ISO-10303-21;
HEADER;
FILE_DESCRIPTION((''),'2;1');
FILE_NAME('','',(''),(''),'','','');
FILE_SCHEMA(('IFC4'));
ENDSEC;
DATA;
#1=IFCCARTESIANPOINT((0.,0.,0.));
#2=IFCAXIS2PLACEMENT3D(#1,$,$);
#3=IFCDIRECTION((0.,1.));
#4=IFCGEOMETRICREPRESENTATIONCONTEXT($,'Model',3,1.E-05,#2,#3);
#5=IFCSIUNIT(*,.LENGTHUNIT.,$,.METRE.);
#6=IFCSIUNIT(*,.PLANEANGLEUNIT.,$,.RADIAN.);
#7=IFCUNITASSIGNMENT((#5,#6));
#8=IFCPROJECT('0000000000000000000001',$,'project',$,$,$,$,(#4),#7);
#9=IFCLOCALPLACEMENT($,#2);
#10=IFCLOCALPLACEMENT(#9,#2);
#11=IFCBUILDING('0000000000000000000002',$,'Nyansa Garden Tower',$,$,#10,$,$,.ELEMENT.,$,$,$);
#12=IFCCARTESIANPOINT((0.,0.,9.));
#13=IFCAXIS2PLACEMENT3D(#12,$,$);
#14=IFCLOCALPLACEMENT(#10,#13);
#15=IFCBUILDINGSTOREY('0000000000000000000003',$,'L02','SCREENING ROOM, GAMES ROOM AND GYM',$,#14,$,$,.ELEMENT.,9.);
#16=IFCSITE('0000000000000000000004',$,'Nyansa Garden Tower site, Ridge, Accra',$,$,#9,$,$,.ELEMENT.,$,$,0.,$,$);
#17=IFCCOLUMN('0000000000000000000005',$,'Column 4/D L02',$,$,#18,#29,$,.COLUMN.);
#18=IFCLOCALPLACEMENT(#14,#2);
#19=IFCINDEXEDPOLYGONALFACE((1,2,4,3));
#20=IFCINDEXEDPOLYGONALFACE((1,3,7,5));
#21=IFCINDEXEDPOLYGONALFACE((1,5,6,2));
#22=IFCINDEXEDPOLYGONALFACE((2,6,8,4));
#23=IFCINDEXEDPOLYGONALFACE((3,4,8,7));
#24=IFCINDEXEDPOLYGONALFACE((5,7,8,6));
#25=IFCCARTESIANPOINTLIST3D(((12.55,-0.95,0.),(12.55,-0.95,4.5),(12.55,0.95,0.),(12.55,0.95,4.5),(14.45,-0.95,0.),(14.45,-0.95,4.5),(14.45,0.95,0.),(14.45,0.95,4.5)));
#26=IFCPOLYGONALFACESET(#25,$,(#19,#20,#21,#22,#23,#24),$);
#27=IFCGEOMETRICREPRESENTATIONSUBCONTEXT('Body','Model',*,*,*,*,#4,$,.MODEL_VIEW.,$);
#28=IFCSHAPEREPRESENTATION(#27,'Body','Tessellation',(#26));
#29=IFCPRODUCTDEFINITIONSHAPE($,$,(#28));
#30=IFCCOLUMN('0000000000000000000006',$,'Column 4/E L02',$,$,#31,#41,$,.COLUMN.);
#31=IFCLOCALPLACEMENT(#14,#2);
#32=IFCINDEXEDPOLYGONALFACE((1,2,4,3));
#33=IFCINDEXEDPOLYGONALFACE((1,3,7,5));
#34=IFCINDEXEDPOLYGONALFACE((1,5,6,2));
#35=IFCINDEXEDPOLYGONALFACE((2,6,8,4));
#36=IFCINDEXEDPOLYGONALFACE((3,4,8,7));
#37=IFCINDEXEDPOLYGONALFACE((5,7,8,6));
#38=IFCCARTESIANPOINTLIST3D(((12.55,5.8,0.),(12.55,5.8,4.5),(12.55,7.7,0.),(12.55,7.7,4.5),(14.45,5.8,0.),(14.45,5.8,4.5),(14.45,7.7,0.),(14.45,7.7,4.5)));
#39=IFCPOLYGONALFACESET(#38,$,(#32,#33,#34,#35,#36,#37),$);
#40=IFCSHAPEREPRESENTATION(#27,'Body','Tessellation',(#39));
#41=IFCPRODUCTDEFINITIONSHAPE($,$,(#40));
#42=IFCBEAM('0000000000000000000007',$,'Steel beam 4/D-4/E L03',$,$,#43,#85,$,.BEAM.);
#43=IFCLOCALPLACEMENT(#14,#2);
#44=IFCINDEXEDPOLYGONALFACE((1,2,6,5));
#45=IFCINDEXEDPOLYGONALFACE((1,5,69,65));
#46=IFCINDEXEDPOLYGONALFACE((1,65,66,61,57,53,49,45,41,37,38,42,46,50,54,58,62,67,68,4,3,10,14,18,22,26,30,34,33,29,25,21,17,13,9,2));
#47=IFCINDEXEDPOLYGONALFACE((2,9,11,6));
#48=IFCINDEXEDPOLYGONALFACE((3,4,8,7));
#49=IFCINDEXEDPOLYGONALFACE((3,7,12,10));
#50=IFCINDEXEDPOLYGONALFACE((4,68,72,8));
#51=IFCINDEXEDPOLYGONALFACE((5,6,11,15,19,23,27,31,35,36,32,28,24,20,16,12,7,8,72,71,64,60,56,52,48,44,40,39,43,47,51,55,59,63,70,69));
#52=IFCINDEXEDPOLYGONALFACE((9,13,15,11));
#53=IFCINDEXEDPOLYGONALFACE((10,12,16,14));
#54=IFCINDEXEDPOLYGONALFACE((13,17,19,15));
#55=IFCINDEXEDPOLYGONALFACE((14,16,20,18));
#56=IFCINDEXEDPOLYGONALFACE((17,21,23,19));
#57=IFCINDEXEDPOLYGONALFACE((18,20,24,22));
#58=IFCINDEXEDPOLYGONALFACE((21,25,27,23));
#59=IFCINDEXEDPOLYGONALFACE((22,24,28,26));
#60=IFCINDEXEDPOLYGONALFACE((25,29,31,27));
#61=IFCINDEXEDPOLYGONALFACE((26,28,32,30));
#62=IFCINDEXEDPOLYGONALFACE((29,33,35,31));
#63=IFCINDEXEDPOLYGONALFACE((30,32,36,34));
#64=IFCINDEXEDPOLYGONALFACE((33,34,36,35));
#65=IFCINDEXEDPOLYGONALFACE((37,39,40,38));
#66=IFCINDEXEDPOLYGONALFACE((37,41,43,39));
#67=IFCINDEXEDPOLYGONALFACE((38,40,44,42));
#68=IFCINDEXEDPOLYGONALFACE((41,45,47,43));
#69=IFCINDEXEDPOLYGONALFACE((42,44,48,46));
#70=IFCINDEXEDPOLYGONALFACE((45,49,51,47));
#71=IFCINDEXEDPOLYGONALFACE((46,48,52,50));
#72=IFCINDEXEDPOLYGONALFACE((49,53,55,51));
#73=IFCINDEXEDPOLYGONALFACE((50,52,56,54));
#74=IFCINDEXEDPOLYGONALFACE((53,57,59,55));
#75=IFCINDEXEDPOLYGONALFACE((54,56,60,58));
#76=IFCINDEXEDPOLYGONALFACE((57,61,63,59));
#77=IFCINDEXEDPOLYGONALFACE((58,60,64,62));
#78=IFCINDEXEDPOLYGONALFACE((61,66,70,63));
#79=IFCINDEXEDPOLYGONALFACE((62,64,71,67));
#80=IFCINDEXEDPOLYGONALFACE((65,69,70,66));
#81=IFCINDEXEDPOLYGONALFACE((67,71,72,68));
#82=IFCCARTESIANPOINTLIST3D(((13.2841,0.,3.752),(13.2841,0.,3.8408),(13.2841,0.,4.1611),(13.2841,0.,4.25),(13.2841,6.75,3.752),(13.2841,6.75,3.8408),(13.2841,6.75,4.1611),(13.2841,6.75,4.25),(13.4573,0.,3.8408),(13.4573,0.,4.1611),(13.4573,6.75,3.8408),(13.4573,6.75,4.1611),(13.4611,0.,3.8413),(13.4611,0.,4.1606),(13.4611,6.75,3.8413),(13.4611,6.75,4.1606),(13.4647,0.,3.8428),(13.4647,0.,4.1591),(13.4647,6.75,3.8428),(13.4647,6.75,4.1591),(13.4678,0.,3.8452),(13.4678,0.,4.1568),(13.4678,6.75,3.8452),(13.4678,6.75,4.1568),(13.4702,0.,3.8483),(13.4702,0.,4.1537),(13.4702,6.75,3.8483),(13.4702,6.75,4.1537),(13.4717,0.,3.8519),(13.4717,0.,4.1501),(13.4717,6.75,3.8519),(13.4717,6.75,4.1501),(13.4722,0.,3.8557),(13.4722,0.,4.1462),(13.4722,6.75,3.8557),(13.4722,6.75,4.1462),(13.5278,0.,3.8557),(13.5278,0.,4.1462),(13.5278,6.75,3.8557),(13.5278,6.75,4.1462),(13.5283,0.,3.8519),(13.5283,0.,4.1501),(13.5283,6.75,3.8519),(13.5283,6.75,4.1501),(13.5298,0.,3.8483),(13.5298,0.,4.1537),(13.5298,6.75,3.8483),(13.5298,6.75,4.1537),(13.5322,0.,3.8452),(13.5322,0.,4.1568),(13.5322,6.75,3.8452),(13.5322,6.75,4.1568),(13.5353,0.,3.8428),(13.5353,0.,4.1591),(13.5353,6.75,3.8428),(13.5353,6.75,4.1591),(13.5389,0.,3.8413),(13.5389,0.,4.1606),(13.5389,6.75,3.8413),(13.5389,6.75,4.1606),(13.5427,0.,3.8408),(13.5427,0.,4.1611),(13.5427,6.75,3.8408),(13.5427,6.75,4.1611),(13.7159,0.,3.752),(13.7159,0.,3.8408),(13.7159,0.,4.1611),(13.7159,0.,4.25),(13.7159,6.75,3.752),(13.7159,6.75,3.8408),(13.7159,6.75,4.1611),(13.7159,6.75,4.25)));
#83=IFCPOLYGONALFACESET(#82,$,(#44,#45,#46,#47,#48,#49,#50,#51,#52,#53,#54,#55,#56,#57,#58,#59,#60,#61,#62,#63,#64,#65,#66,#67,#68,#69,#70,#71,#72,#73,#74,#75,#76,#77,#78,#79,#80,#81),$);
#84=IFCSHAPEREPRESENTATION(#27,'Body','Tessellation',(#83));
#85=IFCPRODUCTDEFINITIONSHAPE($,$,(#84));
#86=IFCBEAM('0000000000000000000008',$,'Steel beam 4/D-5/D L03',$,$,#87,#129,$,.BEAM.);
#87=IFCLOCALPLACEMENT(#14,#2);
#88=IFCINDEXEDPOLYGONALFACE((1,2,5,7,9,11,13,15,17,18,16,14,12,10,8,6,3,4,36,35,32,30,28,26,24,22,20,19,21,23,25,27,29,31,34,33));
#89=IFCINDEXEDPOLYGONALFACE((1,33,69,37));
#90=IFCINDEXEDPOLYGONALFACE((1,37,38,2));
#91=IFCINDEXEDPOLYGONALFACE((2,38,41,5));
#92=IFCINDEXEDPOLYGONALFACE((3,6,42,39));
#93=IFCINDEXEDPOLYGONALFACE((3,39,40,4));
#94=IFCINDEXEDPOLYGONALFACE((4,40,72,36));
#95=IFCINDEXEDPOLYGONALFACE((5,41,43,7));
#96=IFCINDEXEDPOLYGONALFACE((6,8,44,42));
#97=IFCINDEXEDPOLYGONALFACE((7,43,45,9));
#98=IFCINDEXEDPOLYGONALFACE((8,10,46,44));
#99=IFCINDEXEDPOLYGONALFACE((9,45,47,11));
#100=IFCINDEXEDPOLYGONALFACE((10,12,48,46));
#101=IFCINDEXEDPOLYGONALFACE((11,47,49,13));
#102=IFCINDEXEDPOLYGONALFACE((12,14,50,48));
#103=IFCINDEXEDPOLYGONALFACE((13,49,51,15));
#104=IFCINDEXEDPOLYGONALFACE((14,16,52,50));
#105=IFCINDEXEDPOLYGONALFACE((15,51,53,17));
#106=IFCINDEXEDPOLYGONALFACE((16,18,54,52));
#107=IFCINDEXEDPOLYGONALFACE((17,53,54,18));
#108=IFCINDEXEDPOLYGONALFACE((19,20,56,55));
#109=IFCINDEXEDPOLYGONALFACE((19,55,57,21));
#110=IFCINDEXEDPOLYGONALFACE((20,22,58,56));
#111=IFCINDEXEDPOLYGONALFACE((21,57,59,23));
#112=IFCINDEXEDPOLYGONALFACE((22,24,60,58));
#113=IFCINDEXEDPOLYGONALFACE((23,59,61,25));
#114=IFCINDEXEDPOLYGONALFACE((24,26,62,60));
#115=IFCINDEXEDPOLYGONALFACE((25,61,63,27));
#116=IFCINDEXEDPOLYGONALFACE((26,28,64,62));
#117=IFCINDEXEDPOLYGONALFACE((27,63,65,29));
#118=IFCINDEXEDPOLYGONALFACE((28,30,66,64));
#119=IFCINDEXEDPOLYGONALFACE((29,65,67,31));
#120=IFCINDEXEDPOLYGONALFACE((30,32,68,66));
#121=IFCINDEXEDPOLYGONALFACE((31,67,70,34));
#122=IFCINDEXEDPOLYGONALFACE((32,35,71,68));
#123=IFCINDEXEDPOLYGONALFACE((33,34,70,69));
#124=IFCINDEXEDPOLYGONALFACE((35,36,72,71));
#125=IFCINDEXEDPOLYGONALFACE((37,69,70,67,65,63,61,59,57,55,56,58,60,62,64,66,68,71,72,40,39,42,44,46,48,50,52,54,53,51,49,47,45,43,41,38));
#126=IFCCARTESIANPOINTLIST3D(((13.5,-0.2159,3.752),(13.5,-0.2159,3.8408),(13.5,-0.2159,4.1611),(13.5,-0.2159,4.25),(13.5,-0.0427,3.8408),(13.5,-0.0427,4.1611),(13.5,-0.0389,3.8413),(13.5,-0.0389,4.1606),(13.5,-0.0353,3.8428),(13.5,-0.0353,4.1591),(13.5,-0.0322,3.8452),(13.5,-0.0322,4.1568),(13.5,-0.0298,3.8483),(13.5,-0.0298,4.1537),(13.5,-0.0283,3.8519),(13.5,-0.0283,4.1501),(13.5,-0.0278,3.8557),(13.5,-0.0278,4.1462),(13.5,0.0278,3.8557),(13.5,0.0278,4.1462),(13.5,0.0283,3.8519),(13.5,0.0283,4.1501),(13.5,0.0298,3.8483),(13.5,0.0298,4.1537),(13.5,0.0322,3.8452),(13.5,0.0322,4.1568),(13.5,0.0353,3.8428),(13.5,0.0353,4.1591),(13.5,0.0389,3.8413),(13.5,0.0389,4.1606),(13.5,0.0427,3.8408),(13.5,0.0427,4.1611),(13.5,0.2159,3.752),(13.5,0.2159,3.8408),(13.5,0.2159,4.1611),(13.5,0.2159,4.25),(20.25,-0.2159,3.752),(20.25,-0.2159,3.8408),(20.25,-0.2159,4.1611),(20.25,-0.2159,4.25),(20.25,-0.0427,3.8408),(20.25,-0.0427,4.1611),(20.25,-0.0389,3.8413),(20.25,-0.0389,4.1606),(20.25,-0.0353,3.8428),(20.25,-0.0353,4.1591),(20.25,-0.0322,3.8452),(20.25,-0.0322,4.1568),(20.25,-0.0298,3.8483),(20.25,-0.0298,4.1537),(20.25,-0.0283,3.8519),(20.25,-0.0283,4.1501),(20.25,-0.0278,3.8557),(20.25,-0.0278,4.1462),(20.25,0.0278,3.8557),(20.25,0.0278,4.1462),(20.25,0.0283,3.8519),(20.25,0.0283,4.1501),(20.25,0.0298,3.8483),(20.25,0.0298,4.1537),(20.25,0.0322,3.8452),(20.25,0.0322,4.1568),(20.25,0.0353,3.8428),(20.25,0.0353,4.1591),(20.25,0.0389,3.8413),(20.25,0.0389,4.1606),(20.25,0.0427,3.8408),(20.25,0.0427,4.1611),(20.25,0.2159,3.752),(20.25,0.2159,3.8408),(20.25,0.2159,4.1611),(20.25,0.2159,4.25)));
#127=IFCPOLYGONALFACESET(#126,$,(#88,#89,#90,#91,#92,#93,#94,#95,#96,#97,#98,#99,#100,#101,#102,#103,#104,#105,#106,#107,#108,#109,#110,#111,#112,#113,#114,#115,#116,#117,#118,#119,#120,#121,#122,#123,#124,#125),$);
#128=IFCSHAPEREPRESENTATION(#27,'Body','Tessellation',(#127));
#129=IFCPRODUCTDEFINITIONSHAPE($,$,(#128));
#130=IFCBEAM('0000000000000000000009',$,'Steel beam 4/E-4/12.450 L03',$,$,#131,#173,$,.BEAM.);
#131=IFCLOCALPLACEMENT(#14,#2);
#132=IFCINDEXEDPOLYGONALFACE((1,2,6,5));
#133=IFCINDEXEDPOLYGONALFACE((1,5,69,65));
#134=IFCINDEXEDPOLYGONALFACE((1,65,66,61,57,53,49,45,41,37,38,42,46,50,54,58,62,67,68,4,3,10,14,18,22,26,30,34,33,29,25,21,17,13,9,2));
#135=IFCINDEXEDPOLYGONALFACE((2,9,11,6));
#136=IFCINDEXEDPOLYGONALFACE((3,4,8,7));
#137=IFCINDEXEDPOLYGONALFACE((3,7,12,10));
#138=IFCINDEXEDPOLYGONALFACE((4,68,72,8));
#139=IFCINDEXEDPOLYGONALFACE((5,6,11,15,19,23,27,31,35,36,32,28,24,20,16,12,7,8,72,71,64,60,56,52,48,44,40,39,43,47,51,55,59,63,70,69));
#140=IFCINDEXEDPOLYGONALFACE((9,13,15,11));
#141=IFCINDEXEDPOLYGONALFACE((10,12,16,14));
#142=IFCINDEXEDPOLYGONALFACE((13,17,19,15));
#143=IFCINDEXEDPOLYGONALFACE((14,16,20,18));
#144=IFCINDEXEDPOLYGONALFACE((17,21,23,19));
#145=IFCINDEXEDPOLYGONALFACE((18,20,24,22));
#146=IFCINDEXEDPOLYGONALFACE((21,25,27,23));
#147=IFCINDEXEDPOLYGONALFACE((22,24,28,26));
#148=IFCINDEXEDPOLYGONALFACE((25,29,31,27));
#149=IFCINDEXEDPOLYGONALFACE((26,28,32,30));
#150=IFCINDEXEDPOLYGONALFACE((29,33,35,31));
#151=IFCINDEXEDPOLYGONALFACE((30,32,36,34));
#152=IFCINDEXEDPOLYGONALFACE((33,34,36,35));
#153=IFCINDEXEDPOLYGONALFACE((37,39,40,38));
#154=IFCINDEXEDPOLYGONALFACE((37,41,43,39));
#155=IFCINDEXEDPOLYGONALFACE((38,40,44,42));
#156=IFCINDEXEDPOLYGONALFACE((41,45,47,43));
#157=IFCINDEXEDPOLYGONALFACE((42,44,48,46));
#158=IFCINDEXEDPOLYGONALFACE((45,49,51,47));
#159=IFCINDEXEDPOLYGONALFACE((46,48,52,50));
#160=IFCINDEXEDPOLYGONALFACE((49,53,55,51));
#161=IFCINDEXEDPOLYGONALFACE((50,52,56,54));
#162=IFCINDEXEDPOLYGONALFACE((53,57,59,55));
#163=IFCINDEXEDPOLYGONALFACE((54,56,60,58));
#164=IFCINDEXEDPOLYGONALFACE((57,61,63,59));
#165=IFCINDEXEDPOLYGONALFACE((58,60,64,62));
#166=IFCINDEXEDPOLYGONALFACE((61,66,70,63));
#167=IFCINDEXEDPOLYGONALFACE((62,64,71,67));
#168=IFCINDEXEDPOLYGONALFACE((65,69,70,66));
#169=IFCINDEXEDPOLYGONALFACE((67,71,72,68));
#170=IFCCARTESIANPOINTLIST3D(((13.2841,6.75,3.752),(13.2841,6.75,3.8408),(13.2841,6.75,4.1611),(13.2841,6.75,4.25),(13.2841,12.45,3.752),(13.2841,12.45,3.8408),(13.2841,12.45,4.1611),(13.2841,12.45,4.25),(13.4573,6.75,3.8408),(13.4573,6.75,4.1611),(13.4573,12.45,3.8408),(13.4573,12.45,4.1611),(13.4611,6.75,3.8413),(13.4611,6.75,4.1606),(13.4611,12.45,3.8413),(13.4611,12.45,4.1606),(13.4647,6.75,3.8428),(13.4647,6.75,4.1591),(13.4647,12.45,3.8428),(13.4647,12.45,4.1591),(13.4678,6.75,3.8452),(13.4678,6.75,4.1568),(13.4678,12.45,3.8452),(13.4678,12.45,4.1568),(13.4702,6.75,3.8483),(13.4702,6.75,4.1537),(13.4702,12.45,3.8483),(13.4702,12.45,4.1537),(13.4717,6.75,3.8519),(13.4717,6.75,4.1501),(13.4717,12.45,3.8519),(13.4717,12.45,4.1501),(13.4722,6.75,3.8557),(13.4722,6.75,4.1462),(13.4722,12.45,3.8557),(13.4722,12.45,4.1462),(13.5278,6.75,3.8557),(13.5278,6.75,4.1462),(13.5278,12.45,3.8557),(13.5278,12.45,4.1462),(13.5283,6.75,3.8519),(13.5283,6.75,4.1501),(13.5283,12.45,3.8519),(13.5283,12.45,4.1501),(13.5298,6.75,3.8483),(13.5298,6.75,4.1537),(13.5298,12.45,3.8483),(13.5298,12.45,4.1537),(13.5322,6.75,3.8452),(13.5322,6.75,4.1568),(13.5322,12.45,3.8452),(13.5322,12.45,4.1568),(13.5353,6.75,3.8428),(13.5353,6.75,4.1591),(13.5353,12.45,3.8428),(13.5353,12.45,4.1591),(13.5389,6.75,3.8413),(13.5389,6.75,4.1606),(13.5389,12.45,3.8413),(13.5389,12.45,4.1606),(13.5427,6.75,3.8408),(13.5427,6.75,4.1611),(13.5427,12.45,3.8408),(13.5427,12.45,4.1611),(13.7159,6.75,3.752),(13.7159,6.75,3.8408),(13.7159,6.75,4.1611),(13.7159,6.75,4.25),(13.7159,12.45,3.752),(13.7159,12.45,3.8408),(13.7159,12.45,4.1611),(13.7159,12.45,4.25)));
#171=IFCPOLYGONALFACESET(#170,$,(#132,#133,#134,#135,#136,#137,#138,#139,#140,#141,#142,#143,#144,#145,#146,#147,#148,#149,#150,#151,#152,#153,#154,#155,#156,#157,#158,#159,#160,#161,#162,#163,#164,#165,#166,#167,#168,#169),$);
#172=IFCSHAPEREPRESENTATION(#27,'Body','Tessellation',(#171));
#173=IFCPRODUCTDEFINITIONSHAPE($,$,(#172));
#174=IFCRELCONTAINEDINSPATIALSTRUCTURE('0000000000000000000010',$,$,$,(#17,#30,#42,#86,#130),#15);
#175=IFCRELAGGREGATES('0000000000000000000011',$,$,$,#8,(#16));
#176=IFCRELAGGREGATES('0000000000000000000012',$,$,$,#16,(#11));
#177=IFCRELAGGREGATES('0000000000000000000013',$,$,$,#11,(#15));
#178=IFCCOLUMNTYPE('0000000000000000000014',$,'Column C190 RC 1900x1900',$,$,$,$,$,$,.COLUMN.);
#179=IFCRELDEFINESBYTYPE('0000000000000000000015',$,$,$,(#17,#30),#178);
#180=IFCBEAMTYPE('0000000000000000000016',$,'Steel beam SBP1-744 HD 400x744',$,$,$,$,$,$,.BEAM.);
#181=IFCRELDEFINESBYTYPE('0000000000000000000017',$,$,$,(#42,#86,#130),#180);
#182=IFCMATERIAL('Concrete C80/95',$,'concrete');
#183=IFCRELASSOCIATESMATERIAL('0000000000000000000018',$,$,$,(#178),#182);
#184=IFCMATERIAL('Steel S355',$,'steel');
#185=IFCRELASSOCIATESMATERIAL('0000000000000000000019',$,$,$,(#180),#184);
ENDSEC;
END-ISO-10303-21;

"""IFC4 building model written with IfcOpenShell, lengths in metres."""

from ifc_helpers import new_model, si_unit, direction, frame, origin, origin_2d, place, context, subcontext, project, spatial, rectangle, i_section, extrude, material, material_profile, profile_set, type_object, element, save


model = new_model("IFC4")

# Units and contexts
model_context = context("Model", 3, precision=1e-05, world=origin(), true_north=direction((0.0, 1.0)))
body_context = subcontext(model_context, "Body", "Model", "MODEL_VIEW")
ifc_project = project(units=[si_unit("LENGTHUNIT", "METRE"), si_unit("PLANEANGLEUNIT", "RADIAN")], contexts=[model_context])

# Site, building, storey
site_placement = place(None, origin())
site = spatial("IfcSite", under=ifc_project, at=site_placement, Name="Nyansa Garden Tower site, Ridge, Accra", CompositionType="ELEMENT", RefElevation=0.0)
building_placement = place(site_placement, origin())
building = spatial("IfcBuilding", under=site, at=building_placement, Name="Nyansa Garden Tower", CompositionType="ELEMENT")
storey_placement = place(building_placement, frame((0.0, 0.0, 9.0)))
storey = spatial("IfcBuildingStorey", under=building, at=storey_placement, Name="L02", Description="SCREENING ROOM, GAMES ROOM AND GYM", CompositionType="ELEMENT", Elevation=9.0)

# Columns
ifc_material_1 = material(Name="Concrete C80/95", Category="concrete")
ifc_material_profile_1 = material_profile(ifc_material_1, rectangle(XDim=1.8999, YDim=1.8999, at=origin_2d()), Name="RC 1900x1900")
ifc_profile_set_1 = profile_set([ifc_material_profile_1], Name="Concrete C80/95")
column_type = type_object("IfcColumnType", Name="Column C190 RC 1900x1900", PredefinedType="COLUMN", material=ifc_profile_set_1)
for number, where, z_axis, x_axis, name in (
    (1, (13.5, 0.0, 0.0), (0.0, 0.0, 1.0), (1.0, 0.0, 0.0), "Column 4/D L02"),
    (2, (13.5, 6.75, 0.0), (0.0, 0.0, 1.0), (1.0, 0.0, 0.0), "Column 4/E L02"),
):
    element("IfcColumn", number, at=place(storey_placement, frame(where, z_axis=z_axis, x_axis=x_axis)), inside=storey, type_object=column_type, Name=name, PredefinedType="COLUMN", context=body_context, shape_type="SweptSolid", body=[
        extrude(rectangle(XDim=1.8999, YDim=1.8999, at=origin_2d()), origin(), (0.0, 0.0, 1.0), 4.5),
    ])

# Beams
ifc_material_2 = material(Name="Steel S355", Category="steel")
ifc_material_profile_2 = material_profile(ifc_material_2, i_section(OverallWidth=0.4319, OverallDepth=0.498, WebThickness=0.0557, FlangeThickness=0.0889, FilletRadius=0.0149, at=origin_2d()), Name="HD 400x744")
ifc_profile_set_2 = profile_set([ifc_material_profile_2], Name="Steel S355")
beam_type_1 = type_object("IfcBeamType", Name="Steel beam SBP1-744 HD 400x744", PredefinedType="BEAM", material=ifc_profile_set_2)
for number, where, z_axis, x_axis, name in (
    (3, (13.5, 0.0, 4.001), (0.0, 1.0, 0.0), (-1.0, 0.0, 0.0), "Steel beam 4/D-4/E L03"),
    (4, (13.5, 0.0, 4.001), (1.0, 0.0, 0.0), (0.0, 1.0, 0.0), "Steel beam 4/D-5/D L03"),
):
    element("IfcBeam", number, at=place(storey_placement, frame(where, z_axis=z_axis, x_axis=x_axis)), inside=storey, type_object=beam_type_1, Name=name, PredefinedType="BEAM", context=body_context, shape_type="SweptSolid", body=[
        extrude(i_section(OverallWidth=0.4319, OverallDepth=0.498, WebThickness=0.0557, FlangeThickness=0.0889, FilletRadius=0.0149, at=origin_2d()), origin(), (0.0, 0.0, 1.0), 6.75),
    ])
beam_1_placement = place(storey_placement, frame((13.5, 6.75, 4.001), z_axis=(0.0, 1.0, 0.0), x_axis=(-1.0, 0.0, 0.0)))
element("IfcBeam", 5, at=beam_1_placement, inside=storey, type_object=beam_type_1, Name="Steel beam 4/E-4/12.450 L03", PredefinedType="BEAM", context=body_context, shape_type="SweptSolid", body=[
    extrude(i_section(OverallWidth=0.4319, OverallDepth=0.498, WebThickness=0.0557, FlangeThickness=0.0889, FilletRadius=0.0149, at=origin_2d()), origin(), (0.0, 0.0, 1.0), 5.7),
])

save(model, "model.ifc")
